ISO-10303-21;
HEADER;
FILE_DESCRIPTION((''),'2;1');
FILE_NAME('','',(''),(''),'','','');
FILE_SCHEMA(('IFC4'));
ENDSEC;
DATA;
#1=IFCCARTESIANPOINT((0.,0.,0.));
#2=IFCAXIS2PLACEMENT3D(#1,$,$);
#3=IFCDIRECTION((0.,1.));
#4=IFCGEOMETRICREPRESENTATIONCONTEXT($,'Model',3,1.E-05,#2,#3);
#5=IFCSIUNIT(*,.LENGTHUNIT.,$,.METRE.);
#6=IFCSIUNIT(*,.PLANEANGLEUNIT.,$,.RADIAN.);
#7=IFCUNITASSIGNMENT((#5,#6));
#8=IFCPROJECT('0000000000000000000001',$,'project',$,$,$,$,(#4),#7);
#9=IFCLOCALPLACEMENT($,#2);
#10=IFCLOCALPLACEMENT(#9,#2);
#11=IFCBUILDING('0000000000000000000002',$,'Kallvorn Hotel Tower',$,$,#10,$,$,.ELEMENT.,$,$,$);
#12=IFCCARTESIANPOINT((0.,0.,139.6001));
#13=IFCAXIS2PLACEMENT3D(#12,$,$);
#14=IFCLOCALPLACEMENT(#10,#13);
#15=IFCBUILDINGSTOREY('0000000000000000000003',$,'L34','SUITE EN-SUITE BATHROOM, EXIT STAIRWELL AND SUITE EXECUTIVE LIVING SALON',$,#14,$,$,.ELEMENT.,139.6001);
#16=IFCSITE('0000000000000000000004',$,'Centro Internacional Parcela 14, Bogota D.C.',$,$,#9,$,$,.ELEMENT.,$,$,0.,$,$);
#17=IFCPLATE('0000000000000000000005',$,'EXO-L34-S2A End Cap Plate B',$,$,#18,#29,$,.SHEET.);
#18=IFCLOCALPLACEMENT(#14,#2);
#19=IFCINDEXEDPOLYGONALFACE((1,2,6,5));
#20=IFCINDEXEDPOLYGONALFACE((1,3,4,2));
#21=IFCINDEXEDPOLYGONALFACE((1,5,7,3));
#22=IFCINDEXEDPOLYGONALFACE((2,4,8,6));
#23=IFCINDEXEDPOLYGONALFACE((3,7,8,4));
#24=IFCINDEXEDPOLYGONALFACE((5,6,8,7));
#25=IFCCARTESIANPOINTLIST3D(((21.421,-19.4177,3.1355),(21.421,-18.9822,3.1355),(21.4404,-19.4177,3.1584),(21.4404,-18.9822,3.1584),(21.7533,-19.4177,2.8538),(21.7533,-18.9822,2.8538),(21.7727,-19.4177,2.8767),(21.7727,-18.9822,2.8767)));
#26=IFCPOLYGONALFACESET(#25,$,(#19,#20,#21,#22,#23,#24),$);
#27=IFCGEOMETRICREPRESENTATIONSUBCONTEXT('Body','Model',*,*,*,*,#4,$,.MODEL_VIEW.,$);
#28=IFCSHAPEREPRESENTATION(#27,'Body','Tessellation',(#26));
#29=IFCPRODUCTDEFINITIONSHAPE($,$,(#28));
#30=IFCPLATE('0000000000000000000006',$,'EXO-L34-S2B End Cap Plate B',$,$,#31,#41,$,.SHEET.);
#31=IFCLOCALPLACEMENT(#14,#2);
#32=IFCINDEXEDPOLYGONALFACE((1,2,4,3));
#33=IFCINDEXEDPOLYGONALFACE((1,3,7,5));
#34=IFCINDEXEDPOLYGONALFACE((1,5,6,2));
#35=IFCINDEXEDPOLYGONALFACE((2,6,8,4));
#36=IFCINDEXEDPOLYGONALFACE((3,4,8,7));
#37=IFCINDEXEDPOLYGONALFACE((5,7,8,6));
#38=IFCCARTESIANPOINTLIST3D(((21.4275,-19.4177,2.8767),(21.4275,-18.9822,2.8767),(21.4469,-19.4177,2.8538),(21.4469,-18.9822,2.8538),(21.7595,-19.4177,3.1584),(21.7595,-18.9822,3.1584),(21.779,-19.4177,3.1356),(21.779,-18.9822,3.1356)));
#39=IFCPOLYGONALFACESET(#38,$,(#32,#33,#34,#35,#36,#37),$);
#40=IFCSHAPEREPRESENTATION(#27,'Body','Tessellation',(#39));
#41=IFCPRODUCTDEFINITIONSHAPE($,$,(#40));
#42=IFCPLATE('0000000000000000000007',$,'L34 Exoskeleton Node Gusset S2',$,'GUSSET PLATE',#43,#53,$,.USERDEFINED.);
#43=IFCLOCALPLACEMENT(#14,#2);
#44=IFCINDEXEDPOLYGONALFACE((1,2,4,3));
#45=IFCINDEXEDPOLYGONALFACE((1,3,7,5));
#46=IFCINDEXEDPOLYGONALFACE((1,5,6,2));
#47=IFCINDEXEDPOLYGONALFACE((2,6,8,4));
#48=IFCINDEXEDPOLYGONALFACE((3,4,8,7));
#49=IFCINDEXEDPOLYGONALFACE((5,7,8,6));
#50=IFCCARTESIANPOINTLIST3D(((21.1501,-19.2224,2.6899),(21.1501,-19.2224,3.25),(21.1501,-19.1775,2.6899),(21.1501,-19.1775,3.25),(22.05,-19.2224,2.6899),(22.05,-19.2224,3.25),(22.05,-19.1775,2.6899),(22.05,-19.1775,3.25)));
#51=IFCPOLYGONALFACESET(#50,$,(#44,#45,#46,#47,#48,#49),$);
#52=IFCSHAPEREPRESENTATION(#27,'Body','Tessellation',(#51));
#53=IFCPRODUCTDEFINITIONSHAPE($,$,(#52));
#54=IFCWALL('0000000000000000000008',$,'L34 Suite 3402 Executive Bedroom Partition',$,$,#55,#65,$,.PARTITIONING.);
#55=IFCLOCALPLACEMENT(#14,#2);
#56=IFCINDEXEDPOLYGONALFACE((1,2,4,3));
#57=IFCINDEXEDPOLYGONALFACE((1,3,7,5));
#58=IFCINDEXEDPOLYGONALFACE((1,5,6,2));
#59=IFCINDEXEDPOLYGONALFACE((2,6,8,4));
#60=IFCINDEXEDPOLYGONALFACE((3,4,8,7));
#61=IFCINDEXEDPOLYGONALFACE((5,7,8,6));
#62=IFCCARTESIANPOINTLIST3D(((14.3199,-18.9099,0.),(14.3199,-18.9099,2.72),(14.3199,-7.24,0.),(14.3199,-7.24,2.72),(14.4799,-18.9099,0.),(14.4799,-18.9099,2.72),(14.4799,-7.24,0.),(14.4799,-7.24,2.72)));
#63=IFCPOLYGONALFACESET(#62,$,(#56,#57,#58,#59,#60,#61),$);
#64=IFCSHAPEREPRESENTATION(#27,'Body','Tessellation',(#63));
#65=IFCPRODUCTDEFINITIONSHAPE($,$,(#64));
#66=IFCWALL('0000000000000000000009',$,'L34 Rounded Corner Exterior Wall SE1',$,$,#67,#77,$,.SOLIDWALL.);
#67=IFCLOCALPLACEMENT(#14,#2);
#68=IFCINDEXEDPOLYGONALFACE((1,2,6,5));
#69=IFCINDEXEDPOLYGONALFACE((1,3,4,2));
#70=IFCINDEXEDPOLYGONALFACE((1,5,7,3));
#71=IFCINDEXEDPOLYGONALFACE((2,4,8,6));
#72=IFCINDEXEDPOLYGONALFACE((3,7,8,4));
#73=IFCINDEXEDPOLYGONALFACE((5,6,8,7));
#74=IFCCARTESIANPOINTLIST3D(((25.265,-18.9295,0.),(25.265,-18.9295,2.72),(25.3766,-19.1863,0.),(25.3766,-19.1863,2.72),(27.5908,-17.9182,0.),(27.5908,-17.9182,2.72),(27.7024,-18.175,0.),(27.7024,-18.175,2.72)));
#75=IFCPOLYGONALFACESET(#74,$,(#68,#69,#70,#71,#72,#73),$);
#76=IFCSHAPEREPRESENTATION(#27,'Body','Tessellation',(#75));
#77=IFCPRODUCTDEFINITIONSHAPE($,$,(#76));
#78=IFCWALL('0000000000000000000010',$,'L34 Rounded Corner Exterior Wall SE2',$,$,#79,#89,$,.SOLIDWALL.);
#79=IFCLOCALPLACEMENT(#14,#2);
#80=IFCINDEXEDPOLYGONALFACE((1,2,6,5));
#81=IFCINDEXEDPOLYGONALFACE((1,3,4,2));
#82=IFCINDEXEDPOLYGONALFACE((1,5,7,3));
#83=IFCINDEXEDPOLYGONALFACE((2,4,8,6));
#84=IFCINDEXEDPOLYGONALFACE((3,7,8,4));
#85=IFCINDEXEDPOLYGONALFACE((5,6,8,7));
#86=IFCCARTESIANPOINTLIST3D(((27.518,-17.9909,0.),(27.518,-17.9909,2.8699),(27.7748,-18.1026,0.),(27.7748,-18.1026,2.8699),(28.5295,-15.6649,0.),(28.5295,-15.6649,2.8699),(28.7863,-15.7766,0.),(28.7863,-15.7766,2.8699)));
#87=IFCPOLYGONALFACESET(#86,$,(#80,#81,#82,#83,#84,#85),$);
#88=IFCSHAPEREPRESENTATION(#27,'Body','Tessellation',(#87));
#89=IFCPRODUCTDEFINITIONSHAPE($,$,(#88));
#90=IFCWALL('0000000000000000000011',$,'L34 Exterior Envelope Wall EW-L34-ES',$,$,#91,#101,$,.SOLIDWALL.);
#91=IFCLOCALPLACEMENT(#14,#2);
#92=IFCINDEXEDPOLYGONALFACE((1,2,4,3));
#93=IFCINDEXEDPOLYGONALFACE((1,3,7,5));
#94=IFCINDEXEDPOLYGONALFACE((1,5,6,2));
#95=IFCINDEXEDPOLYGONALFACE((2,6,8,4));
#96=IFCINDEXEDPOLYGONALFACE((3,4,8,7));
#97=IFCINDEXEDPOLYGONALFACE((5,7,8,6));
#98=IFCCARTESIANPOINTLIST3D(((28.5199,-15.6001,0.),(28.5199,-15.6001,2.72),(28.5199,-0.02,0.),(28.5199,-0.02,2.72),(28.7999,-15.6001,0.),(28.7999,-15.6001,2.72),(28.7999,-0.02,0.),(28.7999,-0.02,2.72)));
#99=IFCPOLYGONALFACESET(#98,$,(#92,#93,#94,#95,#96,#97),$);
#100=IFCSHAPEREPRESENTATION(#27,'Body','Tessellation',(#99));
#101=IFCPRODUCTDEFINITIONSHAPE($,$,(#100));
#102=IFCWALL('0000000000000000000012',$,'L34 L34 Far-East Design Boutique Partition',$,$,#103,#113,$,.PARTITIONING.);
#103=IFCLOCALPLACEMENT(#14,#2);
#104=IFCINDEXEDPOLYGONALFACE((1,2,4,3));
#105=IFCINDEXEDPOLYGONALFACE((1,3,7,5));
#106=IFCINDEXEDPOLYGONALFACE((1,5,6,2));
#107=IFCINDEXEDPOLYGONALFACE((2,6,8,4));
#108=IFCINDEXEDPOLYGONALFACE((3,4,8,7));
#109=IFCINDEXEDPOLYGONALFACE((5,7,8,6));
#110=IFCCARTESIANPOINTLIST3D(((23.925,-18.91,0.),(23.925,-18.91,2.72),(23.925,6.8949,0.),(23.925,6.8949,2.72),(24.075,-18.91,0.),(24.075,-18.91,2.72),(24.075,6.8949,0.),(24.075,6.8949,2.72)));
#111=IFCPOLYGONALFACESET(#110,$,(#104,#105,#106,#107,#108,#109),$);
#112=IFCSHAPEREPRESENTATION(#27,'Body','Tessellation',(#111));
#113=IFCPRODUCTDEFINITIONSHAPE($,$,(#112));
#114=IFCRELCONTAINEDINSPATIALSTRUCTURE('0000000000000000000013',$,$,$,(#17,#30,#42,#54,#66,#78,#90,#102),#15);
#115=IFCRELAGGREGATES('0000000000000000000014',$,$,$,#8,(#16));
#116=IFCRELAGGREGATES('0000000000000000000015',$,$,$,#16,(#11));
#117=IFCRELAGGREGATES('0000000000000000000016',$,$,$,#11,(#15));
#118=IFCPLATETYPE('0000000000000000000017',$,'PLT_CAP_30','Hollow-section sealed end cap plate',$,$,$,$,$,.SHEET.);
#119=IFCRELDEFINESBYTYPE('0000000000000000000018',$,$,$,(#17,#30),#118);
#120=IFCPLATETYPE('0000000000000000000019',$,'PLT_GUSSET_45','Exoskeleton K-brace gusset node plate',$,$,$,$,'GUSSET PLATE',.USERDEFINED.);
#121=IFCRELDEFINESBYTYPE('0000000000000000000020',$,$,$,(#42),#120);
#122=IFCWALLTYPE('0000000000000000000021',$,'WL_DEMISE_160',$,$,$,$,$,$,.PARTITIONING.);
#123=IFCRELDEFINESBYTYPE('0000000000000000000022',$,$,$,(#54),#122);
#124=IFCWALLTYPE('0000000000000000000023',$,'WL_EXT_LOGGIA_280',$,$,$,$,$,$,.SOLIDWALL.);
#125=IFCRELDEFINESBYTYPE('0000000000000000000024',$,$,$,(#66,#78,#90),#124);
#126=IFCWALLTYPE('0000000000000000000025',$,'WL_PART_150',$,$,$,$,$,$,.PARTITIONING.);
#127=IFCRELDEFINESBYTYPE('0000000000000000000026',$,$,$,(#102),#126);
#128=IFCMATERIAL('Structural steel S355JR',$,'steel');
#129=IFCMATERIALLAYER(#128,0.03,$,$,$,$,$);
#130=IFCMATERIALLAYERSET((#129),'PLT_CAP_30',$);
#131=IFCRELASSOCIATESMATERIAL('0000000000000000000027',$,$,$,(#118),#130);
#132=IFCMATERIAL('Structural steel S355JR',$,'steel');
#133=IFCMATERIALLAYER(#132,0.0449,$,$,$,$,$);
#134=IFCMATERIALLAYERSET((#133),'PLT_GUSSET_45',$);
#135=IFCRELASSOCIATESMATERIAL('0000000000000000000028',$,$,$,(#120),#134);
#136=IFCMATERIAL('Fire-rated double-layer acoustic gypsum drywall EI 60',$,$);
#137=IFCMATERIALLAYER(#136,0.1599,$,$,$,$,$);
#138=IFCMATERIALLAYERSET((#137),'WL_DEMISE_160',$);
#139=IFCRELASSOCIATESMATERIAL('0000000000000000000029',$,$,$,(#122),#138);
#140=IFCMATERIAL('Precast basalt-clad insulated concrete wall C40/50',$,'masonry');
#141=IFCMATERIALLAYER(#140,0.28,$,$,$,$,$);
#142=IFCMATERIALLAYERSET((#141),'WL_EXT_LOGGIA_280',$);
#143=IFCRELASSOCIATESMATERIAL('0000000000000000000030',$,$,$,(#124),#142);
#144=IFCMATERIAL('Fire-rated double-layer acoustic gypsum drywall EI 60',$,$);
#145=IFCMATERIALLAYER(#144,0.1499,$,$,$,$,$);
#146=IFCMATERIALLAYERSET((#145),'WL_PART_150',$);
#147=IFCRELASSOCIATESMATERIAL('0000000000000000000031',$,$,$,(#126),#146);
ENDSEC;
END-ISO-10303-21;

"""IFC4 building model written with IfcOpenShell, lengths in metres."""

from ifc_helpers import new_model, si_unit, direction, frame, frame_2d, origin, origin_2d, place, context, subcontext, project, spatial, polyline, rectangle, outline, extrude, material, layer, layer_set, type_object, element, save


model = new_model("IFC4")

# Units and contexts
model_context = context("Model", 3, precision=1e-05, world=origin(), true_north=direction((0.0, 1.0)))
body_context = subcontext(model_context, "Body", "Model", "MODEL_VIEW")
ifc_project = project(units=[si_unit("LENGTHUNIT", "METRE"), si_unit("PLANEANGLEUNIT", "RADIAN")], contexts=[model_context])

# Site, building, storey
site_placement = place(None, origin())
site = spatial("IfcSite", under=ifc_project, at=site_placement, Name="Centro Internacional Parcela 14, Bogota D.C.", CompositionType="ELEMENT", RefElevation=0.0)
building_placement = place(site_placement, origin())
building = spatial("IfcBuilding", under=site, at=building_placement, Name="Kallvorn Hotel Tower", CompositionType="ELEMENT")
storey_placement = place(building_placement, frame((0.0, 0.0, 139.6001)))
storey = spatial("IfcBuildingStorey", under=building, at=storey_placement, Name="L34", Description="SUITE EN-SUITE BATHROOM, EXIT STAIRWELL AND SUITE EXECUTIVE LIVING SALON", CompositionType="ELEMENT", Elevation=139.6001)

# Plates
ifc_material_1 = material(Name="Structural steel S355JR", Category="steel")
ifc_layer_1 = layer(ifc_material_1, 0.03)
ifc_layer_set_1 = layer_set([ifc_layer_1], Name="PLT_CAP_30")
plate_type_1 = type_object("IfcPlateType", Name="PLT_CAP_30", Description="Hollow-section sealed end cap plate", PredefinedType="SHEET", material=ifc_layer_set_1)
plate_1_placement = place(storey_placement, frame((21.7727, -19.4177, 2.8767), z_axis=(0.646721, 0.0, 0.762727), x_axis=(0.0, 1.0, 0.0)))
element("IfcPlate", 1, at=plate_1_placement, inside=storey, type_object=plate_type_1, Name="EXO-L34-S2A End Cap Plate B", PredefinedType="SHEET", context=body_context, shape_type="SweptSolid", body=[
    extrude(outline(polyline([(0.0, 0.0), (0.4355, 0.0), (0.4355, 0.4356), (0.0, 0.4356), (0.0, 0.0)])), origin(), (0.0, 0.0, -1.0), 0.03),
])
plate_2_placement = place(storey_placement, frame((21.4275, -18.9822, 2.8767), z_axis=(-0.646997, 0.0, 0.762492), x_axis=(0.0, -1.0, 0.0)))
element("IfcPlate", 2, at=plate_2_placement, inside=storey, type_object=plate_type_1, Name="EXO-L34-S2B End Cap Plate B", PredefinedType="SHEET", context=body_context, shape_type="SweptSolid", body=[
    extrude(outline(polyline([(0.0, 0.0), (0.4355, 0.0), (0.4355, 0.4355), (0.0, 0.4355), (0.0, 0.0)])), origin(), (0.0, 0.0, -1.0), 0.03),
])
ifc_material_2 = material(Name="Structural steel S355JR", Category="steel")
ifc_layer_2 = layer(ifc_material_2, 0.0449)
ifc_layer_set_2 = layer_set([ifc_layer_2], Name="PLT_GUSSET_45")
plate_type_2 = type_object("IfcPlateType", Name="PLT_GUSSET_45", Description="Exoskeleton K-brace gusset node plate", ElementType="GUSSET PLATE", PredefinedType="USERDEFINED", material=ifc_layer_set_2)
plate_3_placement = place(storey_placement, frame((21.6001, -19.2, 2.6899), z_axis=(0.0, 0.0, 1.0), x_axis=(1.0, 0.0, 0.0)))
element("IfcPlate", 3, at=plate_3_placement, inside=storey, type_object=plate_type_2, Name="L34 Exoskeleton Node Gusset S2", ObjectType="GUSSET PLATE", PredefinedType="USERDEFINED", context=body_context, shape_type="SweptSolid", body=[
    extrude(rectangle(XDim=0.8999, YDim=0.0449, at=origin_2d()), origin(), (0.0, 0.0, 1.0), 0.5601),
])

# Walls
ifc_material_3 = material(Name="Fire-rated double-layer acoustic gypsum drywall EI 60")
ifc_layer_3 = layer(ifc_material_3, 0.1599)
ifc_layer_set_3 = layer_set([ifc_layer_3], Name="WL_DEMISE_160")
wall_type_1 = type_object("IfcWallType", Name="WL_DEMISE_160", PredefinedType="PARTITIONING", material=ifc_layer_set_3)
wall_1_placement = place(storey_placement, frame((14.3999, -18.9099, 0.0), z_axis=(0.0, 0.0, 1.0), x_axis=(0.0, 1.0, 0.0)))
element("IfcWall", 4, at=wall_1_placement, inside=storey, type_object=wall_type_1, Name="L34 Suite 3402 Executive Bedroom Partition", PredefinedType="PARTITIONING", context=body_context, shape_type="SweptSolid", body=[
    extrude(rectangle(XDim=11.6699, YDim=0.1599, at=frame_2d((5.835, 0.0))), origin(), (0.0, 0.0, 1.0), 2.72),
])
ifc_material_4 = material(Name="Precast basalt-clad insulated concrete wall C40/50", Category="masonry")
ifc_layer_4 = layer(ifc_material_4, 0.28)
ifc_layer_set_4 = layer_set([ifc_layer_4], Name="WL_EXT_LOGGIA_280")
wall_type_2 = type_object("IfcWallType", Name="WL_EXT_LOGGIA_280", PredefinedType="SOLIDWALL", material=ifc_layer_set_4)
wall_2_placement = place(storey_placement, frame((25.3208, -19.0579, 0.0), z_axis=(0.0, 0.0, 1.0), x_axis=(0.917061, 0.398747, 0.0)))
element("IfcWall", 5, at=wall_2_placement, inside=storey, type_object=wall_type_2, Name="L34 Rounded Corner Exterior Wall SE1", PredefinedType="SOLIDWALL", context=body_context, shape_type="SweptSolid", body=[
    extrude(rectangle(XDim=2.5361, YDim=0.28, at=frame_2d((1.2681, 0.0))), origin(), (0.0, 0.0, 1.0), 2.72),
])
wall_3_placement = place(storey_placement, frame((27.6465, -18.0466, 0.0), z_axis=(0.0, 0.0, 1.0), x_axis=(0.398793, 0.917041, 0.0)))
element("IfcWall", 6, at=wall_3_placement, inside=storey, type_object=wall_type_2, Name="L34 Rounded Corner Exterior Wall SE2", PredefinedType="SOLIDWALL", context=body_context, shape_type="SweptSolid", body=[
    extrude(rectangle(XDim=2.5364, YDim=0.28, at=frame_2d((1.2681, 0.0))), origin(), (0.0, 0.0, 1.0), 2.8699),
])
wall_4_placement = place(storey_placement, frame((28.6599, -15.6001, 0.0), z_axis=(0.0, 0.0, 1.0), x_axis=(0.0, 1.0, 0.0)))
element("IfcWall", 7, at=wall_4_placement, inside=storey, type_object=wall_type_2, Name="L34 Exterior Envelope Wall EW-L34-ES", PredefinedType="SOLIDWALL", context=body_context, shape_type="SweptSolid", body=[
    extrude(rectangle(XDim=15.5801, YDim=0.28, at=frame_2d((7.79, 0.0))), origin(), (0.0, 0.0, 1.0), 2.72),
])
ifc_material_5 = material(Name="Fire-rated double-layer acoustic gypsum drywall EI 60")
ifc_layer_5 = layer(ifc_material_5, 0.1499)
ifc_layer_set_5 = layer_set([ifc_layer_5], Name="WL_PART_150")
wall_type_3 = type_object("IfcWallType", Name="WL_PART_150", PredefinedType="PARTITIONING", material=ifc_layer_set_5)
wall_5_placement = place(storey_placement, frame((24.0, -18.9099, 0.0), z_axis=(0.0, 0.0, 1.0), x_axis=(0.0, 1.0, 0.0)))
element("IfcWall", 8, at=wall_5_placement, inside=storey, type_object=wall_type_3, Name="L34 L34 Far-East Design Boutique Partition", PredefinedType="PARTITIONING", context=body_context, shape_type="SweptSolid", body=[
    extrude(rectangle(XDim=25.8049, YDim=0.1499, at=frame_2d((12.9023, 0.0))), origin(), (0.0, 0.0, 1.0), 2.72),
])

save(model, "model.ifc")
